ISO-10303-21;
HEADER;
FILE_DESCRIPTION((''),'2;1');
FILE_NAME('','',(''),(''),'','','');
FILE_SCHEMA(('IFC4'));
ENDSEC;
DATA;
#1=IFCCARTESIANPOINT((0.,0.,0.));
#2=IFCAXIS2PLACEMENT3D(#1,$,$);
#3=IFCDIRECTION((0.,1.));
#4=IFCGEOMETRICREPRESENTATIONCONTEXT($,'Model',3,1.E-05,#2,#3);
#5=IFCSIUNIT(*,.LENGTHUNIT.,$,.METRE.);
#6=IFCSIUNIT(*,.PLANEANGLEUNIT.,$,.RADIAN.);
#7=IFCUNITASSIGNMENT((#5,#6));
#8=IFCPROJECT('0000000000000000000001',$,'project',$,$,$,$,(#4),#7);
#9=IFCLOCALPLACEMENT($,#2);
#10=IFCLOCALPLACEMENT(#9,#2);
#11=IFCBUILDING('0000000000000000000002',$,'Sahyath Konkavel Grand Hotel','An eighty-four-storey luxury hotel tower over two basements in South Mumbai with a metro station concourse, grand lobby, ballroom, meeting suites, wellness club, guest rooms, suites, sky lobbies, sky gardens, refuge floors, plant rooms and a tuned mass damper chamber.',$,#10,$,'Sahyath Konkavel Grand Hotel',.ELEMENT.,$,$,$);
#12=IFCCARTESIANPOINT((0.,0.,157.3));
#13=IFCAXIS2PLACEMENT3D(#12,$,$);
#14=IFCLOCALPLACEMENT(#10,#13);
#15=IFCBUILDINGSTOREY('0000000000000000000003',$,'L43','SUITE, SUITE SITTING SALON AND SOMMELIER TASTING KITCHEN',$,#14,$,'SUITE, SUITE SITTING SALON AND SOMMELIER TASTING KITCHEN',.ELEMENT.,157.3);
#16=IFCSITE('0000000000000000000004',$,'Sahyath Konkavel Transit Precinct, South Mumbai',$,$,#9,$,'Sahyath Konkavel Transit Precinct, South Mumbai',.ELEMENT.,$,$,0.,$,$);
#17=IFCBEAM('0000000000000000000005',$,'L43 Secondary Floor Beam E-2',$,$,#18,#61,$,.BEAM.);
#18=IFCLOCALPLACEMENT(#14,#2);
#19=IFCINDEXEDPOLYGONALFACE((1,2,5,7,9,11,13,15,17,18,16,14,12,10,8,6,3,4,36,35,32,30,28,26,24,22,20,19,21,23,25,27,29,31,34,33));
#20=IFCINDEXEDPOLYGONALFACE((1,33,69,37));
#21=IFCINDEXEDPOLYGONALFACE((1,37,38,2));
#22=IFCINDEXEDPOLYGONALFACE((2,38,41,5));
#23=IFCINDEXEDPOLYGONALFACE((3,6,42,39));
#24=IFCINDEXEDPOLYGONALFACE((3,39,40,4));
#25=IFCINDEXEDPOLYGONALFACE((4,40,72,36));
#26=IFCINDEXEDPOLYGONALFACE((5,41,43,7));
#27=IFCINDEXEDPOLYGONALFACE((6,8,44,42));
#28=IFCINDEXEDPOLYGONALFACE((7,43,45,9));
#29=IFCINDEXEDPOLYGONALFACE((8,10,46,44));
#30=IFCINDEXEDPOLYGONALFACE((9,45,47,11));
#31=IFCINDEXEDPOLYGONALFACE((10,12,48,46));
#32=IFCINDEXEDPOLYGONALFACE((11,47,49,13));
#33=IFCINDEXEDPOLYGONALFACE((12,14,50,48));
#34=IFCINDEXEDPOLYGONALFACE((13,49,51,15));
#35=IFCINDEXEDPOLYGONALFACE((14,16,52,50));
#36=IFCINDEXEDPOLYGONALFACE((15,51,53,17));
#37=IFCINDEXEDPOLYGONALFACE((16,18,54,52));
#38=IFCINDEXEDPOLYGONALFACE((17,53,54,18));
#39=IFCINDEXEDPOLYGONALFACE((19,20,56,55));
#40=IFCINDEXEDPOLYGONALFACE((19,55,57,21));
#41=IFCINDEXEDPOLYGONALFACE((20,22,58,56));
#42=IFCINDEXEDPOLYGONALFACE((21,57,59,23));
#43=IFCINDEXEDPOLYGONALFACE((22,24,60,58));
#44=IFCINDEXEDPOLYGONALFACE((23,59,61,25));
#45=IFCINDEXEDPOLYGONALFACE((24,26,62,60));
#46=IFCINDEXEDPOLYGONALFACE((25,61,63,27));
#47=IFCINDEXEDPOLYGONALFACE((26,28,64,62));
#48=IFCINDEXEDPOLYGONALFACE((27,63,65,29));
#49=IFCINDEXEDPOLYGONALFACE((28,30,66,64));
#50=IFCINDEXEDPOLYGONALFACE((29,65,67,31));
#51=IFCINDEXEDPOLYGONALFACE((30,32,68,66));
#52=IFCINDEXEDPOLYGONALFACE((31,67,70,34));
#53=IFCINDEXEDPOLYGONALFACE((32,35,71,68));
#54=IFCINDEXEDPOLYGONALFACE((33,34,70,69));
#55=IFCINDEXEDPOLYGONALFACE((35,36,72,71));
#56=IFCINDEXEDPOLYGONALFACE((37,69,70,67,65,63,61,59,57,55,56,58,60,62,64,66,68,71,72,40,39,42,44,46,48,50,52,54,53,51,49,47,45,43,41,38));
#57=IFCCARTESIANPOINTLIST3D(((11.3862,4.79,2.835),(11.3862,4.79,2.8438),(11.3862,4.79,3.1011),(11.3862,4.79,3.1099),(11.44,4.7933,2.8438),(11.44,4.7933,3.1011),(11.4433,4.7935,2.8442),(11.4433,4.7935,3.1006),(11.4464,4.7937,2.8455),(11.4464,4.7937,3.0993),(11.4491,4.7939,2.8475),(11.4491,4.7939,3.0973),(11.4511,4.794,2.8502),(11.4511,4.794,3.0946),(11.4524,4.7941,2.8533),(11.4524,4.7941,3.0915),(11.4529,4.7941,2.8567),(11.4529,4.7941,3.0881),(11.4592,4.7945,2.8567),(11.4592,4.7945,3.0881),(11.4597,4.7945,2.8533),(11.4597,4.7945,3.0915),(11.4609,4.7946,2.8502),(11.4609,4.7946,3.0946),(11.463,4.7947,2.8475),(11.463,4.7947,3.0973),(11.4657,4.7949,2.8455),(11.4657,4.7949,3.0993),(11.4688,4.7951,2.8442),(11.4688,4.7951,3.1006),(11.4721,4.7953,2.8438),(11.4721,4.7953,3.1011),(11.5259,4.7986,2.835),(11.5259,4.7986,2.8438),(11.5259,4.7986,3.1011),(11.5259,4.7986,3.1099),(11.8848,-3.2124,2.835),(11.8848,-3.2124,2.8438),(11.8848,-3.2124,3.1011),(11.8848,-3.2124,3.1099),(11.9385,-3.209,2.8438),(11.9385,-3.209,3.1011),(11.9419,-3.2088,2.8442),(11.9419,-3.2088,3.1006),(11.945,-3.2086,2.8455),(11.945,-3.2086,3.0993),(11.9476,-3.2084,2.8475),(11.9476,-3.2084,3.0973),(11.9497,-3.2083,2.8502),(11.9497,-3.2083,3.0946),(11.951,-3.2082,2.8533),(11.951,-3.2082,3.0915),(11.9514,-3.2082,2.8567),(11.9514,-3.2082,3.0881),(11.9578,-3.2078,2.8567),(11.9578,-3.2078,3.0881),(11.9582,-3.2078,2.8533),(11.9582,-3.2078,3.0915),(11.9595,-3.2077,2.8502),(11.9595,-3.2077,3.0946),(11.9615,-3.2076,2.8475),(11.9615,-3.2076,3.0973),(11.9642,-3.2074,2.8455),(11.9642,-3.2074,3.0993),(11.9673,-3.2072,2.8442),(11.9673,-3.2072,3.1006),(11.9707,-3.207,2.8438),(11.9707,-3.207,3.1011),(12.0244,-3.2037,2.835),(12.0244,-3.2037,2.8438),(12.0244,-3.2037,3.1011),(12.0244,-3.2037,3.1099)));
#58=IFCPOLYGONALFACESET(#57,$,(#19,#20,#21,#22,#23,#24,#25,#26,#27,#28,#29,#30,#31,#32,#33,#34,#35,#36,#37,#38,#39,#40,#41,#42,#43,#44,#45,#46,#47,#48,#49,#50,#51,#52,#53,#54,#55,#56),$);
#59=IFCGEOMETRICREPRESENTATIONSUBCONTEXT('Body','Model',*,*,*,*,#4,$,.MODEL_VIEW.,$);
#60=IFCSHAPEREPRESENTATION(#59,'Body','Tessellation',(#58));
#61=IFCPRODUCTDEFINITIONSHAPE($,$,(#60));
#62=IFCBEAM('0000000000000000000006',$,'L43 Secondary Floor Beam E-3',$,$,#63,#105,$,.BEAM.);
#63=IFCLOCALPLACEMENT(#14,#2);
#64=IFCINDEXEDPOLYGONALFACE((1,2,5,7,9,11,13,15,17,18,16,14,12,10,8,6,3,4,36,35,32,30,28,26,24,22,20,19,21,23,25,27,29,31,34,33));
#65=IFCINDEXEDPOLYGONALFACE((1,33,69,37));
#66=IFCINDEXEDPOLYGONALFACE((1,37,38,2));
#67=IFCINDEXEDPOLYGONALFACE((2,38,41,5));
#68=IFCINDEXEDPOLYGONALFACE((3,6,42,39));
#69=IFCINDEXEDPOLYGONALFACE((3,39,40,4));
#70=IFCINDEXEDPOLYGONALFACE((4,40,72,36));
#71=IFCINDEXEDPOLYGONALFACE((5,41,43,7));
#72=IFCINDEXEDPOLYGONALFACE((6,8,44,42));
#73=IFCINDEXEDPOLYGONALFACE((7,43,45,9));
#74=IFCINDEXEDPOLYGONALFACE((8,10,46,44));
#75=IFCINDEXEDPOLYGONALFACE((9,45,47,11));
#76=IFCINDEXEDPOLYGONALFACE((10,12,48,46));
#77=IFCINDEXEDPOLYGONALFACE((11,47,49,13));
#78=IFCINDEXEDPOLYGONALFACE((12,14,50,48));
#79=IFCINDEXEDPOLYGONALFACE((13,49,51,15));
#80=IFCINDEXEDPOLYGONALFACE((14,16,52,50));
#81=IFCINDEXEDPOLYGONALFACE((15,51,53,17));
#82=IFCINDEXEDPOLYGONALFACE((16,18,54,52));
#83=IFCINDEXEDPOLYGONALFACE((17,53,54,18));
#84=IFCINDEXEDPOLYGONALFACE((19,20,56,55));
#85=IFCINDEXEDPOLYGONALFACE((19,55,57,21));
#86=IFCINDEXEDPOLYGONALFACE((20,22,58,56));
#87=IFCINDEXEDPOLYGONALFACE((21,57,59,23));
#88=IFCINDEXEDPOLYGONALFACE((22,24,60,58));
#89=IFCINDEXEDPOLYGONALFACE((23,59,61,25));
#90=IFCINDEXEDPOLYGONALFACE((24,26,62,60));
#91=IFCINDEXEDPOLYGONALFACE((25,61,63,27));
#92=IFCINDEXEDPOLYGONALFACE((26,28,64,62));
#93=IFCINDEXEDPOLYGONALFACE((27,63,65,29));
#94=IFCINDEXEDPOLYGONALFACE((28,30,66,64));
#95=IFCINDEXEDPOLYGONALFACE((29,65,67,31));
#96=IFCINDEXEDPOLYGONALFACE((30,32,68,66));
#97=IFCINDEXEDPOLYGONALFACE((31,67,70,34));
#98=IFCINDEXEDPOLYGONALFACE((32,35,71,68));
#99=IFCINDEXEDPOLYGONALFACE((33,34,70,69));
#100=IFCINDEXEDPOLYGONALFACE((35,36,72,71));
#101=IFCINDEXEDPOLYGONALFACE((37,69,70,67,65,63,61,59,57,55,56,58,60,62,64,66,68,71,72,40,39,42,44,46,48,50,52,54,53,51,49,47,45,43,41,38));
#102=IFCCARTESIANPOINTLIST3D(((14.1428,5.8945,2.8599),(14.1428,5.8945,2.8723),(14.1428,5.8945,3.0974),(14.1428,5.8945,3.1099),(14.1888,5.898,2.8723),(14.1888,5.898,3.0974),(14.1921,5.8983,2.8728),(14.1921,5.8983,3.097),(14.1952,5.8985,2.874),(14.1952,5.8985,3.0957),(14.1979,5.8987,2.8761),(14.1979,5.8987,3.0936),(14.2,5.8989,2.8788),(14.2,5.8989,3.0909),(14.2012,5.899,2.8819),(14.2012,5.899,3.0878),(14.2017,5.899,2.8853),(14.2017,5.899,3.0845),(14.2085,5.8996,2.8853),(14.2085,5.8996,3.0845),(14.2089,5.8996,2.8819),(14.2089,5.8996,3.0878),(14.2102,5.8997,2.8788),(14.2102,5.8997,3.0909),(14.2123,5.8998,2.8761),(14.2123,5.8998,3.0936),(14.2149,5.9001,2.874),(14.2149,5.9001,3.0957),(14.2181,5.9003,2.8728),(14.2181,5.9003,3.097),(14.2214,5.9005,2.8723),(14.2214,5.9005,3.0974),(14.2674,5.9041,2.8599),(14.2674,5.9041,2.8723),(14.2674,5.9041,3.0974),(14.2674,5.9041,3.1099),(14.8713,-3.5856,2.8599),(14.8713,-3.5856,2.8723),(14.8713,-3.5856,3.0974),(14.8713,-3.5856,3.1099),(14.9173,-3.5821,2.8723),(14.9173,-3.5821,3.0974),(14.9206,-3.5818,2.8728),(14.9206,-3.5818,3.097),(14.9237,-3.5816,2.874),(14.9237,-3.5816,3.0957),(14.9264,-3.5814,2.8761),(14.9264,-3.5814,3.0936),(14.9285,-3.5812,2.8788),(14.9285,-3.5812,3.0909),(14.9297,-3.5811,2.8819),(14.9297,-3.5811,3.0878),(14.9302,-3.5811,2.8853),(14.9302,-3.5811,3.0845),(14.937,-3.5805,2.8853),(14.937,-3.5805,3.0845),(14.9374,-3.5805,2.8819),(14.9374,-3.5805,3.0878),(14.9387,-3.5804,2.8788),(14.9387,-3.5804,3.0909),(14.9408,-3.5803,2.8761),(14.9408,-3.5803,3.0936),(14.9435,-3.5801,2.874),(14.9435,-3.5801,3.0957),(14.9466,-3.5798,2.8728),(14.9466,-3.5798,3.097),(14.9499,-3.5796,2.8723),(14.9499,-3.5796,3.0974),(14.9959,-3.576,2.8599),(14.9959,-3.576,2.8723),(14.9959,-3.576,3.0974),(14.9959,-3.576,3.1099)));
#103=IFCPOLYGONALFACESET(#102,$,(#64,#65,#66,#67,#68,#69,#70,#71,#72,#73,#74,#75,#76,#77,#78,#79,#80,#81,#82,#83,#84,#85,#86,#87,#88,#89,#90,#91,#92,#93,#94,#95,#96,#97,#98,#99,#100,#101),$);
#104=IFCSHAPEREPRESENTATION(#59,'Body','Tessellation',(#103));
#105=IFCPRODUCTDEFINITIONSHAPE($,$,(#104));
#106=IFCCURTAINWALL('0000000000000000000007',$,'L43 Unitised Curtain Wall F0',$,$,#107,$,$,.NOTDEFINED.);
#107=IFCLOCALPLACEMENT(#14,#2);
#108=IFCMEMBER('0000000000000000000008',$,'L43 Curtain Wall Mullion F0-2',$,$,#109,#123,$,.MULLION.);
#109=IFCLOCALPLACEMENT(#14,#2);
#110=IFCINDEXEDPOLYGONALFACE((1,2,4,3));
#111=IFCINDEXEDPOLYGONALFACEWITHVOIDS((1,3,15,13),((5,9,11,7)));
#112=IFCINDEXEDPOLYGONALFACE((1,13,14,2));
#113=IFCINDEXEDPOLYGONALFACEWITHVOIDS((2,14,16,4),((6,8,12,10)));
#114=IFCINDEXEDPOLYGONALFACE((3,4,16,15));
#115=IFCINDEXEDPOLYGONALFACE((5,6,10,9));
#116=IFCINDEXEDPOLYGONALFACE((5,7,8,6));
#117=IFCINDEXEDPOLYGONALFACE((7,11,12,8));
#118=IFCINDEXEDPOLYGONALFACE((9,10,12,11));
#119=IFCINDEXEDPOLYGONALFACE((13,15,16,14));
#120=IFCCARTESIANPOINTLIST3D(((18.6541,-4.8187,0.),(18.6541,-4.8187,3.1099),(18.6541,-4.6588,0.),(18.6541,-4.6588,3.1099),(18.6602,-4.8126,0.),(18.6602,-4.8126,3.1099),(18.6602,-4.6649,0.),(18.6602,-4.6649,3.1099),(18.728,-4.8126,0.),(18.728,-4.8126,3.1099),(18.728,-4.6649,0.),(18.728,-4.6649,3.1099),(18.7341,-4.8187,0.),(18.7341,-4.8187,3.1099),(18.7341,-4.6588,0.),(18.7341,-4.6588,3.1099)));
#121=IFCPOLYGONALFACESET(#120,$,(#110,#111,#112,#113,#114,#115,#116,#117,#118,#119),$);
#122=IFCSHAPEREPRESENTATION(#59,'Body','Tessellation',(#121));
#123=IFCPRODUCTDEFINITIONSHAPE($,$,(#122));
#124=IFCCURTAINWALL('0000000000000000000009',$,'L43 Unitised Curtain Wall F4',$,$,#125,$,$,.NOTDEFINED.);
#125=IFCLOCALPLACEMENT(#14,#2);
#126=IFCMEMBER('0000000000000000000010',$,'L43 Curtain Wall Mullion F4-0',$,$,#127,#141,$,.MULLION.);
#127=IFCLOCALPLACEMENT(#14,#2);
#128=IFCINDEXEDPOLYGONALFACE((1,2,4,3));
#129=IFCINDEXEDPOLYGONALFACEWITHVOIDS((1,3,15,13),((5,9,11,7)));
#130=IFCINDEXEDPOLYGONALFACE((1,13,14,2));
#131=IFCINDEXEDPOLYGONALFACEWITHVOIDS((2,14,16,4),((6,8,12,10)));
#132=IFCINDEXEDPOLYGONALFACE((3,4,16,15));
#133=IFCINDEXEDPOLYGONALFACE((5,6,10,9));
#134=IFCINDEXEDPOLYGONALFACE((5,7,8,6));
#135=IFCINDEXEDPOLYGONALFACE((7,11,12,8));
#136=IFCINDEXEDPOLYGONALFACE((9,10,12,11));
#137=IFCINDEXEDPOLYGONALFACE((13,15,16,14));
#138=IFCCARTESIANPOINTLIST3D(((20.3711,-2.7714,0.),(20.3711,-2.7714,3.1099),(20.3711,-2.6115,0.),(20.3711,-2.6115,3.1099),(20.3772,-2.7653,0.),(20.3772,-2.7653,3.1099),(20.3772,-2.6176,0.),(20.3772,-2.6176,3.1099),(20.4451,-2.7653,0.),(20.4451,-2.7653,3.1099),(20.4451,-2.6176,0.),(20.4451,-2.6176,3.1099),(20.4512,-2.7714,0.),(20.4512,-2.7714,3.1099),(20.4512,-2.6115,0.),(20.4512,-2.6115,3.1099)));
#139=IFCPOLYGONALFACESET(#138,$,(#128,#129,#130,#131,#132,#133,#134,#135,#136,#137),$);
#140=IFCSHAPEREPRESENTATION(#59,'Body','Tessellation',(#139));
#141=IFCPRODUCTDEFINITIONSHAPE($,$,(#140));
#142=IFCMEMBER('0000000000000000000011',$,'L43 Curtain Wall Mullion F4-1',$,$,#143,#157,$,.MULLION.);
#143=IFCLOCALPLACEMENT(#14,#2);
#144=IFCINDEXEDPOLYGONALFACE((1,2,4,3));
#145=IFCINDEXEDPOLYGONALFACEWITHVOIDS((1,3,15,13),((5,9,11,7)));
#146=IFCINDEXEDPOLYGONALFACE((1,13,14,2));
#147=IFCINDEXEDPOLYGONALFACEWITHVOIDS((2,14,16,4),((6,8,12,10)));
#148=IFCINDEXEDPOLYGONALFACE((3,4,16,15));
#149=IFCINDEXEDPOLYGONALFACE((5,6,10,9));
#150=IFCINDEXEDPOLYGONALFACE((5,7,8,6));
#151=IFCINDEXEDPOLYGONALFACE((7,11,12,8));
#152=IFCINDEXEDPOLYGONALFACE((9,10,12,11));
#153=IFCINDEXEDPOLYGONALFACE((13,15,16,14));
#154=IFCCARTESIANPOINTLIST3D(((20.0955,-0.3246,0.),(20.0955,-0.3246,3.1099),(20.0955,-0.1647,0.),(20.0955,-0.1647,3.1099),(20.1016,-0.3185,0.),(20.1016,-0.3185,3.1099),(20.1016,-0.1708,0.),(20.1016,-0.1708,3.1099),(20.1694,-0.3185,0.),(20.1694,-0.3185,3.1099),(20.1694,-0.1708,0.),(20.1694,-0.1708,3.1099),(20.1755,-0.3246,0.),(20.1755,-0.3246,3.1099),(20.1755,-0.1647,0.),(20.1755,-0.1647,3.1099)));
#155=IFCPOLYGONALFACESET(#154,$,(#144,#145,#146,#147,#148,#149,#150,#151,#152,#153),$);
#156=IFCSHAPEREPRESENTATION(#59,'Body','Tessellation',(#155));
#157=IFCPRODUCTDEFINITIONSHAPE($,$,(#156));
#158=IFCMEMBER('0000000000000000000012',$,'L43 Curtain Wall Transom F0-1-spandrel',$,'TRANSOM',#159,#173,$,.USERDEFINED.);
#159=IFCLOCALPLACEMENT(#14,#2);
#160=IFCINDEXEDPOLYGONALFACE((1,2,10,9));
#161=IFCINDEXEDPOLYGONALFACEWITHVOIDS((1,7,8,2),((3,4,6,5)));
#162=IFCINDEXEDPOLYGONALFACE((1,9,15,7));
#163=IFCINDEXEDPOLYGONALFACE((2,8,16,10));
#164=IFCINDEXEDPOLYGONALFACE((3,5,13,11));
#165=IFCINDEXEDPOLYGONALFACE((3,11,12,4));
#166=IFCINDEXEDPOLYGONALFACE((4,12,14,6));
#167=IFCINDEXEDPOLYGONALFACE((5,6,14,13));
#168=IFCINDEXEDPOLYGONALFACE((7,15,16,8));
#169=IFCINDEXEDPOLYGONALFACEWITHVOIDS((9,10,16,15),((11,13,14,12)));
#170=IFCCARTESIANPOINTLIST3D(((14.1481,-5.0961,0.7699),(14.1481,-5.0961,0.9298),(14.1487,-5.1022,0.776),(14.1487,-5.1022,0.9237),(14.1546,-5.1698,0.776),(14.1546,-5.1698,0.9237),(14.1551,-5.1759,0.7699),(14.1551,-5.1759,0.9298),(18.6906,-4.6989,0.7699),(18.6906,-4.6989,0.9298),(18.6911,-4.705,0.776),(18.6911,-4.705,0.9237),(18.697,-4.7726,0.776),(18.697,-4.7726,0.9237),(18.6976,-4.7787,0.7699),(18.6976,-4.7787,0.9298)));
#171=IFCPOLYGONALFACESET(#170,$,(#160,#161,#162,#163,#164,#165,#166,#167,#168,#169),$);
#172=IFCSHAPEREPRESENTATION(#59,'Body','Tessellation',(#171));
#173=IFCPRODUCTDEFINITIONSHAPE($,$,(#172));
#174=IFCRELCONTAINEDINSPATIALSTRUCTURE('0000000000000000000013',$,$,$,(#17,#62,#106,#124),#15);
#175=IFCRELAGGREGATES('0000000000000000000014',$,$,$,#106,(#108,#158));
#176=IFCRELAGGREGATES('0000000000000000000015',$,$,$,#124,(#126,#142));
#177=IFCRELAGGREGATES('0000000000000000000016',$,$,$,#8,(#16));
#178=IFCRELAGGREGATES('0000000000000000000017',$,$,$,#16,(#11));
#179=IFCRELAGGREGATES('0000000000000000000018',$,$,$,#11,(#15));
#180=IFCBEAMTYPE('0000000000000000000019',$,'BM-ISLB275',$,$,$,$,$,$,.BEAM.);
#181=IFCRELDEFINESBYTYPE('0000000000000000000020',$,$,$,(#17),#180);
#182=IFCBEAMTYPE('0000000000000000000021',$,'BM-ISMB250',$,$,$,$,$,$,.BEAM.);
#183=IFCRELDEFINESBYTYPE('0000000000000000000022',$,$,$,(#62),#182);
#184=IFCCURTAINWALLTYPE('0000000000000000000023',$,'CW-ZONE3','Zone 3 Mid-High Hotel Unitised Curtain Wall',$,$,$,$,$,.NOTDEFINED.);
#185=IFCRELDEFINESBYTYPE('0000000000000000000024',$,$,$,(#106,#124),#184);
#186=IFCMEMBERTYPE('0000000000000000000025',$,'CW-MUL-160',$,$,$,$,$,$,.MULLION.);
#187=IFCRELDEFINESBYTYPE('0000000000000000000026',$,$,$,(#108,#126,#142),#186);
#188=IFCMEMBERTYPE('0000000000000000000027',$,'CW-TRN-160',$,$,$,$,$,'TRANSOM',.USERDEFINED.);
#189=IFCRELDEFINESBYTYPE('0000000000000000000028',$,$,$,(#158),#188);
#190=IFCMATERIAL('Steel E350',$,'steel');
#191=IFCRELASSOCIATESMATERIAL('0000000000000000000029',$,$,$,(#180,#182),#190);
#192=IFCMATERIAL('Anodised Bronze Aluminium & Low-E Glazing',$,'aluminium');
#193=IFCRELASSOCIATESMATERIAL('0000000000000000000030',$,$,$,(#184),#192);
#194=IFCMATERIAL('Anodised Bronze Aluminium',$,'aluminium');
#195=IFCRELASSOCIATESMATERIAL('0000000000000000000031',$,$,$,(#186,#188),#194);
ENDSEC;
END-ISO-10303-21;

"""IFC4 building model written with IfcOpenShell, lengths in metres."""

from ifc_helpers import new_model, si_unit, direction, frame, origin, origin_2d, place, context, subcontext, project, spatial, hollow_rectangle, i_section, extrude, source, transform, mapped, material, material_profile, profile_set, type_object, element, aggregate, save


model = new_model("IFC4")

# Units and contexts
model_context = context("Model", 3, precision=1e-05, world=origin(), true_north=direction((0.0, 1.0)))
body_context = subcontext(model_context, "Body", "Model", "MODEL_VIEW")
ifc_project = project(units=[si_unit("LENGTHUNIT", "METRE"), si_unit("PLANEANGLEUNIT", "RADIAN")], contexts=[model_context])

# Site, building, storey
site_placement = place(None, origin())
site = spatial("IfcSite", under=ifc_project, at=site_placement, Name="Sahyath Konkavel Transit Precinct, South Mumbai", LongName="Sahyath Konkavel Transit Precinct, South Mumbai", CompositionType="ELEMENT", RefElevation=0.0)
building_placement = place(site_placement, origin())
building = spatial("IfcBuilding", under=site, at=building_placement, Name="Sahyath Konkavel Grand Hotel", Description="An eighty-four-storey luxury hotel tower over two basements in South Mumbai with a metro station concourse, grand lobby, ballroom, meeting suites, wellness club, guest rooms, suites, sky lobbies, sky gardens, refuge floors, plant rooms and a tuned mass damper chamber.", LongName="Sahyath Konkavel Grand Hotel", CompositionType="ELEMENT")
storey_placement = place(building_placement, frame((0.0, 0.0, 157.3)))
storey = spatial("IfcBuildingStorey", under=building, at=storey_placement, Name="L43", Description="SUITE, SUITE SITTING SALON AND SOMMELIER TASTING KITCHEN", LongName="SUITE, SUITE SITTING SALON AND SOMMELIER TASTING KITCHEN", CompositionType="ELEMENT", Elevation=157.3)

# Beams
ifc_material_1 = material(Name="Steel E350", Category="steel")
ifc_material_profile_1 = material_profile(ifc_material_1, i_section(OverallWidth=0.1399, OverallDepth=0.2749, WebThickness=0.0063, FlangeThickness=0.0088, FilletRadius=0.0129, at=origin_2d()), Name="ISLB 275")
ifc_profile_set_1 = profile_set([ifc_material_profile_1], Name="Steel E350")
beam_type_1 = type_object("IfcBeamType", Name="BM-ISLB275", PredefinedType="BEAM", material=ifc_profile_set_1)
shared_shape_1 = source(origin(), body_context, "Body", "SweptSolid", [
    extrude(i_section(OverallWidth=0.1399, OverallDepth=0.2749, WebThickness=0.0063, FlangeThickness=0.0088, FilletRadius=0.0129, at=origin_2d()), origin(), (0.0, 0.0, 1.0), 8.0178),
])
beam_1_placement = place(storey_placement, frame((11.9546, -3.208, 2.9724), z_axis=(-0.062179, 0.998065, 0.0), x_axis=(-0.998065, -0.062179, 0.0)))
element("IfcBeam", 1, at=beam_1_placement, inside=storey, type_object=beam_type_1, Name="L43 Secondary Floor Beam E-2", PredefinedType="BEAM", context=body_context, shape_type="MappedRepresentation", body=[
    mapped(shared_shape_1, transform((0.0, 0.0, 0.0), scale=1.0)),
])
ifc_material_profile_2 = material_profile(ifc_material_1, i_section(OverallWidth=0.125, OverallDepth=0.25, WebThickness=0.0068, FlangeThickness=0.0125, FilletRadius=0.0129, at=origin_2d()), Name="ISMB 250")
ifc_profile_set_2 = profile_set([ifc_material_profile_2], Name="Steel E350")
beam_type_2 = type_object("IfcBeamType", Name="BM-ISMB250", PredefinedType="BEAM", material=ifc_profile_set_2)
shared_shape_2 = source(origin(), body_context, "Body", "SweptSolid", [
    extrude(i_section(OverallWidth=0.125, OverallDepth=0.25, WebThickness=0.0068, FlangeThickness=0.0125, FilletRadius=0.0129, at=origin_2d()), origin(), (0.0, 0.0, 1.0), 9.5081),
])
beam_2_placement = place(storey_placement, frame((14.9336, -3.5808, 2.9849), z_axis=(-0.07662, 0.99706, 0.0), x_axis=(-0.99706, -0.07662, 0.0)))
element("IfcBeam", 2, at=beam_2_placement, inside=storey, type_object=beam_type_2, Name="L43 Secondary Floor Beam E-3", PredefinedType="BEAM", context=body_context, shape_type="MappedRepresentation", body=[
    mapped(shared_shape_2, transform((0.0, 0.0, 0.0), scale=1.0)),
])

# Curtain wall, member
ifc_material_2 = material(Name="Anodised Bronze Aluminium & Low-E Glazing", Category="aluminium")
curtain_wall_type = type_object("IfcCurtainWallType", Name="CW-ZONE3", Description="Zone 3 Mid-High Hotel Unitised Curtain Wall", PredefinedType="NOTDEFINED", material=ifc_material_2)
curtain_wall_1_placement = place(storey_placement, origin())
curtain_wall_1 = element("IfcCurtainWall", 3, at=curtain_wall_1_placement, inside=storey, type_object=curtain_wall_type, Name="L43 Unitised Curtain Wall F0", PredefinedType="NOTDEFINED")
ifc_material_3 = material(Name="Anodised Bronze Aluminium", Category="aluminium")
ifc_material_profile_3 = material_profile(ifc_material_3, hollow_rectangle(XDim=0.0801, YDim=0.1599, WallThickness=0.0061, at=origin_2d()), Name="RHS 160x80x6")
ifc_profile_set_3 = profile_set([ifc_material_profile_3], Name="Anodised Bronze Aluminium")
member_type_1 = type_object("IfcMemberType", Name="CW-MUL-160", PredefinedType="MULLION", material=ifc_profile_set_3)
shared_shape_3 = source(origin(), body_context, "Body", "SweptSolid", [
    extrude(hollow_rectangle(XDim=0.0801, YDim=0.1599, WallThickness=0.0061, at=origin_2d()), origin(), (0.0, 0.0, 1.0), 3.1099),
])
member_1_placement = place(storey_placement, frame((18.6941, -4.7388, 0.0), z_axis=(0.0, 0.0, 1.0), x_axis=(1.0, 0.0, 0.0)))
member_1 = element("IfcMember", 4, at=member_1_placement, type_object=member_type_1, Name="L43 Curtain Wall Mullion F0-2", PredefinedType="MULLION", context=body_context, shape_type="MappedRepresentation", body=[
    mapped(shared_shape_3, transform((0.0, 0.0, 0.0), scale=1.0)),
])

# Curtain wall, members
curtain_wall_2_placement = place(storey_placement, origin())
curtain_wall_2 = element("IfcCurtainWall", 5, at=curtain_wall_2_placement, inside=storey, type_object=curtain_wall_type, Name="L43 Unitised Curtain Wall F4", PredefinedType="NOTDEFINED")
member_2_placement = place(storey_placement, frame((20.4111, -2.6914, 0.0), z_axis=(0.0, 0.0, 1.0), x_axis=(1.0, 0.0, 0.0)))
member_2 = element("IfcMember", 6, at=member_2_placement, type_object=member_type_1, Name="L43 Curtain Wall Mullion F4-0", PredefinedType="MULLION", context=body_context, shape_type="MappedRepresentation", body=[
    mapped(shared_shape_3, transform((0.0, 0.0, 0.0), scale=1.0)),
])
member_3_placement = place(storey_placement, frame((20.1355, -0.2446, 0.0), z_axis=(0.0, 0.0, 1.0), x_axis=(1.0, 0.0, 0.0)))
member_3 = element("IfcMember", 7, at=member_3_placement, type_object=member_type_1, Name="L43 Curtain Wall Mullion F4-1", PredefinedType="MULLION", context=body_context, shape_type="MappedRepresentation", body=[
    mapped(shared_shape_3, transform((0.0, 0.0, 0.0), scale=1.0)),
])

# Member
ifc_material_profile_4 = material_profile(ifc_material_3, hollow_rectangle(XDim=0.0801, YDim=0.1599, WallThickness=0.0061, at=origin_2d()), Name="RHS 160x80x6")
ifc_profile_set_4 = profile_set([ifc_material_profile_4], Name="Anodised Bronze Aluminium")
member_type_2 = type_object("IfcMemberType", Name="CW-TRN-160", ElementType="TRANSOM", PredefinedType="USERDEFINED", material=ifc_profile_set_4)
shared_shape_4 = source(origin(), body_context, "Body", "SweptSolid", [
    extrude(hollow_rectangle(XDim=0.0801, YDim=0.1599, WallThickness=0.0061, at=origin_2d()), origin(), (0.0, 0.0, 1.0), 4.5598),
])
member_4_placement = place(storey_placement, frame((14.1516, -5.136, 0.8499), z_axis=(0.996198, 0.087112, 0.0), x_axis=(-0.087112, 0.996198, 0.0)))
member_4 = element("IfcMember", 8, at=member_4_placement, type_object=member_type_2, Name="L43 Curtain Wall Transom F0-1-spandrel", ObjectType="TRANSOM", PredefinedType="USERDEFINED", context=body_context, shape_type="MappedRepresentation", body=[
    mapped(shared_shape_4, transform((0.0, 0.0, 0.0), scale=1.0)),
])

aggregate(curtain_wall_1, [member_1, member_4])
aggregate(curtain_wall_2, [member_2, member_3])

save(model, "model.ifc")
